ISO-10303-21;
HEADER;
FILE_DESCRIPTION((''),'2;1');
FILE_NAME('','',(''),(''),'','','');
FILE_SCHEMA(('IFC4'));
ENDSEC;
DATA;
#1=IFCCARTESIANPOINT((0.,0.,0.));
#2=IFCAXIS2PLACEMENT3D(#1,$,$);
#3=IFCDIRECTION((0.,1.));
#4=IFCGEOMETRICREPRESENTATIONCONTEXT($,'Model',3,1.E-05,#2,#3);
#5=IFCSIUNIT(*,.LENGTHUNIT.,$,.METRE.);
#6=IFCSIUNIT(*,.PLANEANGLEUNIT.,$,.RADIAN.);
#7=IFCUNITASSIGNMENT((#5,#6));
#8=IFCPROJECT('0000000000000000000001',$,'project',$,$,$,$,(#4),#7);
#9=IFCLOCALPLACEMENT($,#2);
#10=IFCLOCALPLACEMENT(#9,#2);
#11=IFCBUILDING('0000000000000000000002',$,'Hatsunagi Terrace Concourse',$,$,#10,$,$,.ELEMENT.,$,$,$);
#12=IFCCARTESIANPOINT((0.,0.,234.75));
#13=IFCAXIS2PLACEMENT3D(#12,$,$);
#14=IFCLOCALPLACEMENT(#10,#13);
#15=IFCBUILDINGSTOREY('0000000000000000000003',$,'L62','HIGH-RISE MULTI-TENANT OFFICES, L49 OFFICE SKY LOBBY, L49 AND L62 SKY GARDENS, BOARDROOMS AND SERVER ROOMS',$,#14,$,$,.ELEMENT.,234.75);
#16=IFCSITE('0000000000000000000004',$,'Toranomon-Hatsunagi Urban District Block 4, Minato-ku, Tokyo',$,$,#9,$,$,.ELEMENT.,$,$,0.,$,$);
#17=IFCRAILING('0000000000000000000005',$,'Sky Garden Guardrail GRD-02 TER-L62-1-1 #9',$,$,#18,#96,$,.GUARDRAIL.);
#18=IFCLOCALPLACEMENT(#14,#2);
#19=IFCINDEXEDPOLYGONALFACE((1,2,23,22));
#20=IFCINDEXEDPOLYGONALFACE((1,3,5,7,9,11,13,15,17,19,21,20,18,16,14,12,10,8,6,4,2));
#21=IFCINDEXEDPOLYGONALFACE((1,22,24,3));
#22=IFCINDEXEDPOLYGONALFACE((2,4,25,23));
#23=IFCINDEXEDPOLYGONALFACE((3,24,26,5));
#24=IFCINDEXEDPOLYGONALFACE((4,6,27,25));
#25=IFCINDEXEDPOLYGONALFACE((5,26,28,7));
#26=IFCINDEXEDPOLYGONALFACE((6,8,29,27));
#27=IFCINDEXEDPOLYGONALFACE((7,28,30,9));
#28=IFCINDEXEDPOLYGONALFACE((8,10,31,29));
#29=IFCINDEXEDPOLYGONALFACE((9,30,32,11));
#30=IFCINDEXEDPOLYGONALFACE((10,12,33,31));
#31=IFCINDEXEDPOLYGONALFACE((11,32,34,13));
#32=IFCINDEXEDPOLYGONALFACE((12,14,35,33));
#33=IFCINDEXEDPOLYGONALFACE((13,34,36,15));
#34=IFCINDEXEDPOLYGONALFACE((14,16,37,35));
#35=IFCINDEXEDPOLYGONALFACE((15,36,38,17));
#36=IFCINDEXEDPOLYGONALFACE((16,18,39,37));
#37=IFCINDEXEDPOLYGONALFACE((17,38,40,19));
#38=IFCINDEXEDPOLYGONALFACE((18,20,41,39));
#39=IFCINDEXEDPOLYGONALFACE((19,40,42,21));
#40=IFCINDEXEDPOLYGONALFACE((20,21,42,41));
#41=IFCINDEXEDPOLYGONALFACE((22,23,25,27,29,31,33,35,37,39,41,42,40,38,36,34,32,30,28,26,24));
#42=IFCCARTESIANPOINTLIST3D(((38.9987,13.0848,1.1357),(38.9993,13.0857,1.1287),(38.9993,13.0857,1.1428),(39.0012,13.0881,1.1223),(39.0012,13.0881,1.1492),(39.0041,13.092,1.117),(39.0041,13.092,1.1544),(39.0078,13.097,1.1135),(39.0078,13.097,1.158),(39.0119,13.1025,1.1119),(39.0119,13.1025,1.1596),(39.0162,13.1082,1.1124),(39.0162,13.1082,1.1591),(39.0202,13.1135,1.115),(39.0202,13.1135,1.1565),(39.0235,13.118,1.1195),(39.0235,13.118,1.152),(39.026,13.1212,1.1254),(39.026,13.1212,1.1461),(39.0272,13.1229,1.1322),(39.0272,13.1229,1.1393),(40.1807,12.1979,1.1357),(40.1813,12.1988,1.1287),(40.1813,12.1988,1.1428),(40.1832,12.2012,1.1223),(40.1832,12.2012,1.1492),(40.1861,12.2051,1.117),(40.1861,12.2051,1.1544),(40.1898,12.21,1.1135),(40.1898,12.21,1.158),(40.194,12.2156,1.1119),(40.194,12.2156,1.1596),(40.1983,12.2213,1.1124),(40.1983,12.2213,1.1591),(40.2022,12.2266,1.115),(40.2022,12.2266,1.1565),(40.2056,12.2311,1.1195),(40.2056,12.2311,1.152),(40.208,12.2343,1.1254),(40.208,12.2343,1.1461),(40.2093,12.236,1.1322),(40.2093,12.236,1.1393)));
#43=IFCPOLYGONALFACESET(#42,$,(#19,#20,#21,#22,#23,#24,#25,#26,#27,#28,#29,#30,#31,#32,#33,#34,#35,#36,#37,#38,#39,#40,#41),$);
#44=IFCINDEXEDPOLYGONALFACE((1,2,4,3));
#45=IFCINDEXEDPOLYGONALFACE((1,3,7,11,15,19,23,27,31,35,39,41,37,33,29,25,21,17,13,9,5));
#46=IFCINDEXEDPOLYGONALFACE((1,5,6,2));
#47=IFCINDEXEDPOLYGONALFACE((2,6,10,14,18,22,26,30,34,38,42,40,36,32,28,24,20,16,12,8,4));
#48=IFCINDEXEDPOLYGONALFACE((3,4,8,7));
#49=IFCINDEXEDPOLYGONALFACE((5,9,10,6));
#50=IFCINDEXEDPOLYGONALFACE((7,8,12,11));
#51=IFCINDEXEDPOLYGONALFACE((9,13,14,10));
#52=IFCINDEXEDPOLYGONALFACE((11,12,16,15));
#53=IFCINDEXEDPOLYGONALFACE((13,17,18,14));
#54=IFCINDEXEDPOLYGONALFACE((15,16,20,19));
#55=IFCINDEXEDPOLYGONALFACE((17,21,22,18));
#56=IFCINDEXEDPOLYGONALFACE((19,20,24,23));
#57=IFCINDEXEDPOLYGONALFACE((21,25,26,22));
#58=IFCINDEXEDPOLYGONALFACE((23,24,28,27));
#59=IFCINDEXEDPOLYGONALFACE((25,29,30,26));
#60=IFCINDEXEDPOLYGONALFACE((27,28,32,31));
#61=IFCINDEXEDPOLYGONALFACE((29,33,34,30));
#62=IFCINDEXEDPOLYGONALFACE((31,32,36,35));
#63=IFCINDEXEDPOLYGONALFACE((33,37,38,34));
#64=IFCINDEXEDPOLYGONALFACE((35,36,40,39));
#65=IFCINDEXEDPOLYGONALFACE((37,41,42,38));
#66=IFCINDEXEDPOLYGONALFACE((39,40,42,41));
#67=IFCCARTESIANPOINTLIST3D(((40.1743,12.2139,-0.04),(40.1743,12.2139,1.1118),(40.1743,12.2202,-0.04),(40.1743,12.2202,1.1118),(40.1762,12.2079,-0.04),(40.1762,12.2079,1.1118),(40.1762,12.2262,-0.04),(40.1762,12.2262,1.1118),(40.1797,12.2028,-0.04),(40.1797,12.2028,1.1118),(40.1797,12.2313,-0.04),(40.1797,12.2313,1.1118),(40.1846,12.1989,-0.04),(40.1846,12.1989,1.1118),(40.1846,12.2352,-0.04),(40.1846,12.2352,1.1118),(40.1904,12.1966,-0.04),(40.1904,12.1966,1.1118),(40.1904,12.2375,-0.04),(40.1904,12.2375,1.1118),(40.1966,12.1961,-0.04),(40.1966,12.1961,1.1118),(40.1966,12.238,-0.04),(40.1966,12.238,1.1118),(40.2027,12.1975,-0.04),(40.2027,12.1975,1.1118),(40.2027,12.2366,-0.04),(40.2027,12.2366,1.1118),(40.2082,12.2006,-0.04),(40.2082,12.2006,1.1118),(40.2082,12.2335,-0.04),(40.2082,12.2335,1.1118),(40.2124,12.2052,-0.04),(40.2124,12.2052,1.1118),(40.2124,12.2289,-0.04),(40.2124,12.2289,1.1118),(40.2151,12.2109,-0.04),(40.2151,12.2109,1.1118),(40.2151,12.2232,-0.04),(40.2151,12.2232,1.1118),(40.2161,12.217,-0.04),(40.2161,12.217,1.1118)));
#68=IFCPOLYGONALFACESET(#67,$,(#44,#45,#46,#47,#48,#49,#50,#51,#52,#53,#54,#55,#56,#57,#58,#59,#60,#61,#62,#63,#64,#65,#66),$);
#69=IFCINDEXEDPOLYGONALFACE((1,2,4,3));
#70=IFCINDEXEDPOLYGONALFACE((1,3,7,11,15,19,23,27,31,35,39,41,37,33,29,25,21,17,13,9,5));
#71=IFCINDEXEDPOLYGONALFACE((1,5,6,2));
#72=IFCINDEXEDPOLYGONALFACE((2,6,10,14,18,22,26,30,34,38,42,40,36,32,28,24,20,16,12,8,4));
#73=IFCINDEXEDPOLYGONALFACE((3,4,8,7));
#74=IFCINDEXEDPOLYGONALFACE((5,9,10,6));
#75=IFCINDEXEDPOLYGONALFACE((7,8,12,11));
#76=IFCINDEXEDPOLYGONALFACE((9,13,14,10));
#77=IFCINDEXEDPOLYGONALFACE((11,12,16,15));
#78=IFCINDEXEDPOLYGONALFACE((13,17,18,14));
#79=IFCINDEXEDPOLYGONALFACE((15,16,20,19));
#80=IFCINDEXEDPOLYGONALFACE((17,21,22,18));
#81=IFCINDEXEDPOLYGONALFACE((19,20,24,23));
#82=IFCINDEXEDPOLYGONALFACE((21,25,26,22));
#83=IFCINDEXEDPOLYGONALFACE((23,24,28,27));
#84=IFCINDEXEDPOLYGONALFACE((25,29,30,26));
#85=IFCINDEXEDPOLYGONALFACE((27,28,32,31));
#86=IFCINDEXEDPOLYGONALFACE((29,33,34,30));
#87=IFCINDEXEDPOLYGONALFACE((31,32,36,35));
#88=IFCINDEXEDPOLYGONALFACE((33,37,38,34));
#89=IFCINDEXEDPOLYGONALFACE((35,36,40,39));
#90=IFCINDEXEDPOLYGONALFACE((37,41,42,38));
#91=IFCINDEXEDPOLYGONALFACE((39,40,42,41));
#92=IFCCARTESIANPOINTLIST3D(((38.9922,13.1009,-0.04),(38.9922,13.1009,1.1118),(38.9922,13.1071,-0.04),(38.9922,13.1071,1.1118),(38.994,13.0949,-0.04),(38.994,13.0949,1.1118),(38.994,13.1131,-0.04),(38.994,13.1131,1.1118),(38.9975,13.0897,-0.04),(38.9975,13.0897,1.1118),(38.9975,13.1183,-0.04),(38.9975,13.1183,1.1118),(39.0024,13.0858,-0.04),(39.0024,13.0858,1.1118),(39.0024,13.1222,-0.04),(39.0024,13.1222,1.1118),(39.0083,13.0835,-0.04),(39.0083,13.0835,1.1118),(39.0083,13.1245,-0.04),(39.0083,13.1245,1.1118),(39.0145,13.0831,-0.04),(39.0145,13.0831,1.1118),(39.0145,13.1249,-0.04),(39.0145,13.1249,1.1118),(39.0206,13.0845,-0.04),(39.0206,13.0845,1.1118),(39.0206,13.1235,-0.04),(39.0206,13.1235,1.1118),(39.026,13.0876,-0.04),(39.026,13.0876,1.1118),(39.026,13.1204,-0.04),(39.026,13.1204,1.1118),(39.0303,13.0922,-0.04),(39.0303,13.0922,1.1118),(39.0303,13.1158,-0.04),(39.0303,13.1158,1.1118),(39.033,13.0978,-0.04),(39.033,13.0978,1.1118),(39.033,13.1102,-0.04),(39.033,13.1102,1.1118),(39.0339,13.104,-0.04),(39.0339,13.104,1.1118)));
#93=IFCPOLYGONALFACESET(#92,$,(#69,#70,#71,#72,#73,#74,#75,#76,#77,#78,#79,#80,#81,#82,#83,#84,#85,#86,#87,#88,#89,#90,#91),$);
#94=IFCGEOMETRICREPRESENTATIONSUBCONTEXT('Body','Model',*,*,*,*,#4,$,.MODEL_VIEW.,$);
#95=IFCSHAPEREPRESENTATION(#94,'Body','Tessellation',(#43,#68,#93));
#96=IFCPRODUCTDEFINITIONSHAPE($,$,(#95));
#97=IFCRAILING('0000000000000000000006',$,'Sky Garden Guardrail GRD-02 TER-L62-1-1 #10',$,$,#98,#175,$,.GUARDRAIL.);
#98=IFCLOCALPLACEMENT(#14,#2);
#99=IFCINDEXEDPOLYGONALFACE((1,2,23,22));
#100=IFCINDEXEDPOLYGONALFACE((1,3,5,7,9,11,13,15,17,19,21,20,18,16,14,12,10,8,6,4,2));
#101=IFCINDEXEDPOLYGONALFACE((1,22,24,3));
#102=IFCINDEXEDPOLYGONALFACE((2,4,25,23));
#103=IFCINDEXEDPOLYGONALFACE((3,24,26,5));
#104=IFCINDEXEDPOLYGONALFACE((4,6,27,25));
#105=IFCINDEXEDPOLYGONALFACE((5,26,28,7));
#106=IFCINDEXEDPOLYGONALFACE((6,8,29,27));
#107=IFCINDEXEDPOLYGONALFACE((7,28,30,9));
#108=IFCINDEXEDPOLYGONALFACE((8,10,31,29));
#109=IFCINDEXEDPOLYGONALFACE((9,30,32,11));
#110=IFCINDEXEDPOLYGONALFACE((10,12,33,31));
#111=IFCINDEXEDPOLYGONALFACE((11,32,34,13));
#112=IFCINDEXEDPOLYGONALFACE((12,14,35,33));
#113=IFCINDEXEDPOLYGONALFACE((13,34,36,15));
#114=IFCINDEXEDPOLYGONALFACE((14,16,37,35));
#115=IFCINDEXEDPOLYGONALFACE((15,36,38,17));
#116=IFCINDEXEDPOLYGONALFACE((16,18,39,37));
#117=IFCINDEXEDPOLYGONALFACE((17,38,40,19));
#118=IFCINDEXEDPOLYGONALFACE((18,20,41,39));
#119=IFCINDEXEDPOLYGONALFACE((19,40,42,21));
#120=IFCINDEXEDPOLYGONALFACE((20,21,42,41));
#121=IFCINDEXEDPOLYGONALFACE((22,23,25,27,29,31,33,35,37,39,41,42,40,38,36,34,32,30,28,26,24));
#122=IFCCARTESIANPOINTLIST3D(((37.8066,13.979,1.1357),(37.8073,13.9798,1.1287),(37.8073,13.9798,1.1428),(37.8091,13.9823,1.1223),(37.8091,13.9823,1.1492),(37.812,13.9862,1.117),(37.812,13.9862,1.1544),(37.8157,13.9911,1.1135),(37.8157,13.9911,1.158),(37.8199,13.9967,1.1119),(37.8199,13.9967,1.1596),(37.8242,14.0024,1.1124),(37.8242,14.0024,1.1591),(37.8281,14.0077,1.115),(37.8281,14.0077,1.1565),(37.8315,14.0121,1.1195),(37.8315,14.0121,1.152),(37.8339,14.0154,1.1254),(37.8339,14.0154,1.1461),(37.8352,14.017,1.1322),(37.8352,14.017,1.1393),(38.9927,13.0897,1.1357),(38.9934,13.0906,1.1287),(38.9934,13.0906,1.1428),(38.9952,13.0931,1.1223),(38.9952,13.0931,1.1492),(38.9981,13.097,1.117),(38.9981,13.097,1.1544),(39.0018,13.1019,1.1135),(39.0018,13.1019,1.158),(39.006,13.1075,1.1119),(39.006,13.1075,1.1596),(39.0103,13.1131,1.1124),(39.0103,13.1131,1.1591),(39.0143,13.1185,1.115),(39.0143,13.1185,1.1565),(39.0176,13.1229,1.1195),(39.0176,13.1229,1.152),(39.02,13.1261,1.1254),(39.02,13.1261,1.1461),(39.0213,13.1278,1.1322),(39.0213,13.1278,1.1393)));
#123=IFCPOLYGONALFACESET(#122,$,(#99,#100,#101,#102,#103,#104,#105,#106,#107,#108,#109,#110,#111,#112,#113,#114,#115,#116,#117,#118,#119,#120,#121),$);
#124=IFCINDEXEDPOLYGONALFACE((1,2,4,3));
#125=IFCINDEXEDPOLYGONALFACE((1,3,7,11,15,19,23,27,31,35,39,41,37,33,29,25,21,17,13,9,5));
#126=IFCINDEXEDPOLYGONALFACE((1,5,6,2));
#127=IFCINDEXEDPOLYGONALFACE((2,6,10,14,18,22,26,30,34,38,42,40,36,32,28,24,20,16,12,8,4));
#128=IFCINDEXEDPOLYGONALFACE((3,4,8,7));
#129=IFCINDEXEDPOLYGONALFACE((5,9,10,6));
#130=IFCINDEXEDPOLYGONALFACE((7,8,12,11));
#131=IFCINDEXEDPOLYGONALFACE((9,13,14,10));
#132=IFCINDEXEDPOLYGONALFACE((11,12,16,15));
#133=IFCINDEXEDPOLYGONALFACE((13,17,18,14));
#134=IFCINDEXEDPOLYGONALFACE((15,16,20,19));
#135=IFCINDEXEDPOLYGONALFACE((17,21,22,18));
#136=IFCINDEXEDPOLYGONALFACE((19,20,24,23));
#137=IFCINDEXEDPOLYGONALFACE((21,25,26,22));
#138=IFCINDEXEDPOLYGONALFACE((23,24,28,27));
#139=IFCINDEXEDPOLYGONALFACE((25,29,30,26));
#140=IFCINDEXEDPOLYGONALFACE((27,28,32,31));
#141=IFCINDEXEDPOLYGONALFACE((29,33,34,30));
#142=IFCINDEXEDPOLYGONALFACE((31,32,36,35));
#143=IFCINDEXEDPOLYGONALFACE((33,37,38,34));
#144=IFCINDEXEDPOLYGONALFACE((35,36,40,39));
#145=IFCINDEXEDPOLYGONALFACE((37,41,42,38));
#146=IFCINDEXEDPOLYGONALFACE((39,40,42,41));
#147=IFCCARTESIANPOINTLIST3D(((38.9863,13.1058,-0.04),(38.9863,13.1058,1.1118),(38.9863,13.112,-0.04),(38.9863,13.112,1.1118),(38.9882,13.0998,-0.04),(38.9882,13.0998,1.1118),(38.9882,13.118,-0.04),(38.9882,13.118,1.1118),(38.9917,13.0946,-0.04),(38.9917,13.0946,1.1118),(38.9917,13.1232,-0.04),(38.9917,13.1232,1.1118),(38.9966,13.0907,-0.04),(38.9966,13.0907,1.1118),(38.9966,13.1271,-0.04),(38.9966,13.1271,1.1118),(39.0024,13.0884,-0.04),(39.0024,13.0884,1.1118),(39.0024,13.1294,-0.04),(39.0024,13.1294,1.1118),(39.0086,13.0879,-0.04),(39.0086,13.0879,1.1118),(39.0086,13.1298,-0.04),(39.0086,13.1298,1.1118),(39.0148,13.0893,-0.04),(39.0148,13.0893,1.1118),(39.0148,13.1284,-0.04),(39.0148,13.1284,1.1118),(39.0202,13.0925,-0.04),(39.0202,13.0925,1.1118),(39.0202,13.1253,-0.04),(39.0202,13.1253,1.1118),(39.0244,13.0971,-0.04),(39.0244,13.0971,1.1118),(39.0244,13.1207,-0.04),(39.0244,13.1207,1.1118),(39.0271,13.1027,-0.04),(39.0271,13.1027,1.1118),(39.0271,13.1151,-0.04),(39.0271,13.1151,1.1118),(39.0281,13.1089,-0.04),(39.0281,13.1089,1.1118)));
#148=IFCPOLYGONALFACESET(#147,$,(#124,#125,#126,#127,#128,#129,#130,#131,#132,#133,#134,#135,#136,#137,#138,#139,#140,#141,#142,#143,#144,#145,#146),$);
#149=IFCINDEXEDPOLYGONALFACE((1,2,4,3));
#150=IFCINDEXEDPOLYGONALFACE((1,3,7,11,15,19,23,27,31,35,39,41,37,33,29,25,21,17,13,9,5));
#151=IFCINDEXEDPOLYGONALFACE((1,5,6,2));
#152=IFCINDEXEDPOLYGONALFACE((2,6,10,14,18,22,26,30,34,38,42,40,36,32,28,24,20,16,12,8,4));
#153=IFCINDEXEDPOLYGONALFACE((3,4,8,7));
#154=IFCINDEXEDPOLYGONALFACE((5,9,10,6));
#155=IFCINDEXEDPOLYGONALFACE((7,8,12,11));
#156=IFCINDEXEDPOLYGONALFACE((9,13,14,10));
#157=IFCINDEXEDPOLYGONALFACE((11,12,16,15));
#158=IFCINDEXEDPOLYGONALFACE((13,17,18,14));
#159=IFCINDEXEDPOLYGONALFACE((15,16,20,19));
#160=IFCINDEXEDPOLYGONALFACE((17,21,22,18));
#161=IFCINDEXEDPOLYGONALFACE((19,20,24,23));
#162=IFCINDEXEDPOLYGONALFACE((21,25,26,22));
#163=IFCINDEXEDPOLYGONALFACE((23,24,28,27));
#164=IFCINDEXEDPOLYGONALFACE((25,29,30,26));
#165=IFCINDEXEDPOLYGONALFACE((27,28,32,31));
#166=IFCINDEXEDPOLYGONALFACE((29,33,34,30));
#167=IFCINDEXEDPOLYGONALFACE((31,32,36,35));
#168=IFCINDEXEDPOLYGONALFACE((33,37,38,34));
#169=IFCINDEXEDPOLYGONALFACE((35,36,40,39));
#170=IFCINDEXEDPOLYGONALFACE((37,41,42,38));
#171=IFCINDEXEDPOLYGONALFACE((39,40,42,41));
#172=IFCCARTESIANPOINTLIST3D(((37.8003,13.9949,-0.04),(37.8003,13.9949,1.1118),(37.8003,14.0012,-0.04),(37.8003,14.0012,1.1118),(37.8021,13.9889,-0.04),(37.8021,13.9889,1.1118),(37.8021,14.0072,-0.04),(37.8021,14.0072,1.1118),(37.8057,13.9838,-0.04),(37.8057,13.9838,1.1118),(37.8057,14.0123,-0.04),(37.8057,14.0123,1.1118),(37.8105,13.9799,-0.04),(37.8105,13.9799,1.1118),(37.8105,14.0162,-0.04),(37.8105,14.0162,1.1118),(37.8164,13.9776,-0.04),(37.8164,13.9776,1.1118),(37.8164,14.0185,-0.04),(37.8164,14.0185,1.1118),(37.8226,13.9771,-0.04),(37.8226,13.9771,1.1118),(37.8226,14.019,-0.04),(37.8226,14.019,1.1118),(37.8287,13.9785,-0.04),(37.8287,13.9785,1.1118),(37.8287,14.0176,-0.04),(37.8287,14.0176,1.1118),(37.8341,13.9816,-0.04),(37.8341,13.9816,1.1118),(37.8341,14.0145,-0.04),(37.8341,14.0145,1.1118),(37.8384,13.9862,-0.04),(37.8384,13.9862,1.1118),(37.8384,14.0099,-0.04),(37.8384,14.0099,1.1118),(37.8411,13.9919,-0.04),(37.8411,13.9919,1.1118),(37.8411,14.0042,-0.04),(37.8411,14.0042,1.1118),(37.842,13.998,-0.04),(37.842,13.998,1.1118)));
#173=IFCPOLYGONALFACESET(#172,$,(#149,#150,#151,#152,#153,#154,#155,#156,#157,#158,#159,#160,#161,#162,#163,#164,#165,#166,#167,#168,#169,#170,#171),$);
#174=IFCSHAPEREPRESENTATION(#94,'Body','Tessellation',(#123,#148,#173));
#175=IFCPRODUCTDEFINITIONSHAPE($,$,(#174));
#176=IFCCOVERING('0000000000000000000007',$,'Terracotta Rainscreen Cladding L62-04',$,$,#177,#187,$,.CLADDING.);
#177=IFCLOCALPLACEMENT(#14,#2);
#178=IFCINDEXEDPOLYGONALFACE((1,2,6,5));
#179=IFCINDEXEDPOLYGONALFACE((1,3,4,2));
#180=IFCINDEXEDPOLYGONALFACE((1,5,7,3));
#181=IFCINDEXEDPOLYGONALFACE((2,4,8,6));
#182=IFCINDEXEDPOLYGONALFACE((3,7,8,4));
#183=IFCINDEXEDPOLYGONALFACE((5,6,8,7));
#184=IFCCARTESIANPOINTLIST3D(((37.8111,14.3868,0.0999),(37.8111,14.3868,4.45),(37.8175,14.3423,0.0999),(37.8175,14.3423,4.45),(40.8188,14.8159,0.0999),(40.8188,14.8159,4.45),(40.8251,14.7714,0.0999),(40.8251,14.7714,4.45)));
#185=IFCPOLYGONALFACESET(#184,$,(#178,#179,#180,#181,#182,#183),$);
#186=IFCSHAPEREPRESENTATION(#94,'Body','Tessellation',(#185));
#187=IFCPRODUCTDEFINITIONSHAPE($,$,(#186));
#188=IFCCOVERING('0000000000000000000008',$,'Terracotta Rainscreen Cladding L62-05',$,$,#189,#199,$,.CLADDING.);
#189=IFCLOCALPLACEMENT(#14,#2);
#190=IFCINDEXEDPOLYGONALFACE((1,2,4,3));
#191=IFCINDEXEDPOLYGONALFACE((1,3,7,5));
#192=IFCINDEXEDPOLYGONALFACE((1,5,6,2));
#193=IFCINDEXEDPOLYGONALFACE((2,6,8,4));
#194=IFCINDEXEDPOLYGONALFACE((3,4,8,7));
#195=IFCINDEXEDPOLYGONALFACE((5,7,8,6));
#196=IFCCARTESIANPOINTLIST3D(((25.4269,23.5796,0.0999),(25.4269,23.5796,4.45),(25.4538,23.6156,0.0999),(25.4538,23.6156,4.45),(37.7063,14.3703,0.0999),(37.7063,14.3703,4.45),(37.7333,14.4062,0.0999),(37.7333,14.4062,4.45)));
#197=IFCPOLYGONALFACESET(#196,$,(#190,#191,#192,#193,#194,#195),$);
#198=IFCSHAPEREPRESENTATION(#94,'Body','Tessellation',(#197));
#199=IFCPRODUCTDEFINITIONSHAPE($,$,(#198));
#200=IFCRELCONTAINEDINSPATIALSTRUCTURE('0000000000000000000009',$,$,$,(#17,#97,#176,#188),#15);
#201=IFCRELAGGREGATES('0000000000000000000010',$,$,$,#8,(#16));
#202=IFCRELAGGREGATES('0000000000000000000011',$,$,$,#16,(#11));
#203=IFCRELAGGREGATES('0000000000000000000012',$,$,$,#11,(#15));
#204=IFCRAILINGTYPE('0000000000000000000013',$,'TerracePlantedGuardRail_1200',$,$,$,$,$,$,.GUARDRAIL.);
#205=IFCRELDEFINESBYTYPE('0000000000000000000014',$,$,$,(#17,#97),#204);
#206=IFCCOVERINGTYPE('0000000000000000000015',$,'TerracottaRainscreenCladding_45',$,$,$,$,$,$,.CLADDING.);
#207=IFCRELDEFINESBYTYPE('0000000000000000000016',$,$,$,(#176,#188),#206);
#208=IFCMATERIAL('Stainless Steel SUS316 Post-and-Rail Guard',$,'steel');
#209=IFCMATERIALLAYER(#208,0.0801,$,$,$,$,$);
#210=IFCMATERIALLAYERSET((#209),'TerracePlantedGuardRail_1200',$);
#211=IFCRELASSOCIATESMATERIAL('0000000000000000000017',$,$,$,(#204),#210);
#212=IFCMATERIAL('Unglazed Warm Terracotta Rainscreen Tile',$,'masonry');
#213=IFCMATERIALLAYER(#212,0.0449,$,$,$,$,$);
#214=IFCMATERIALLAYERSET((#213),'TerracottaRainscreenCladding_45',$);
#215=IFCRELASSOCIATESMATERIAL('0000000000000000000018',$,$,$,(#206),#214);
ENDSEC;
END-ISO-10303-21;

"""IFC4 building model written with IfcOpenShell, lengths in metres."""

from ifc_helpers import new_model, si_unit, direction, frame, origin, origin_2d, place, context, subcontext, project, spatial, rectangle, circle, extrude, material, layer, layer_set, type_object, element, save


model = new_model("IFC4")

# Units and contexts
model_context = context("Model", 3, precision=1e-05, world=origin(), true_north=direction((0.0, 1.0)))
body_context = subcontext(model_context, "Body", "Model", "MODEL_VIEW")
ifc_project = project(units=[si_unit("LENGTHUNIT", "METRE"), si_unit("PLANEANGLEUNIT", "RADIAN")], contexts=[model_context])

# Site, building, storey
site_placement = place(None, origin())
site = spatial("IfcSite", under=ifc_project, at=site_placement, Name="Toranomon-Hatsunagi Urban District Block 4, Minato-ku, Tokyo", CompositionType="ELEMENT", RefElevation=0.0)
building_placement = place(site_placement, origin())
building = spatial("IfcBuilding", under=site, at=building_placement, Name="Hatsunagi Terrace Concourse", CompositionType="ELEMENT")
storey_placement = place(building_placement, frame((0.0, 0.0, 234.75)))
storey = spatial("IfcBuildingStorey", under=building, at=storey_placement, Name="L62", Description="HIGH-RISE MULTI-TENANT OFFICES, L49 OFFICE SKY LOBBY, L49 AND L62 SKY GARDENS, BOARDROOMS AND SERVER ROOMS", CompositionType="ELEMENT", Elevation=234.75)

# Railings
ifc_material_1 = material(Name="Stainless Steel SUS316 Post-and-Rail Guard", Category="steel")
ifc_layer_1 = layer(ifc_material_1, 0.0801)
ifc_layer_set_1 = layer_set([ifc_layer_1], Name="TerracePlantedGuardRail_1200")
railing_type = type_object("IfcRailingType", Name="TerracePlantedGuardRail_1200", PredefinedType="GUARDRAIL", material=ifc_layer_set_1)
for number, where, name in (
    (1, (40.1951, 12.217, -0.04), "Sky Garden Guardrail GRD-02 TER-L62-1-1 #9"),
):
    element("IfcRailing", number, at=place(storey_placement, frame(where)), inside=storey, type_object=railing_type, Name=name, PredefinedType="GUARDRAIL", context=body_context, shape_type="SweptSolid", body=[
        extrude(circle(Radius=0.0239, at=origin_2d()), frame((0.0, 0.0, 1.1758), z_axis=(-0.799881, 0.600159, 0.0), x_axis=(-0.600159, -0.799881, 0.0)), (0.0, 0.0, 1.0), 1.4778),
        extrude(circle(Radius=0.021, at=origin_2d()), origin(), (0.0, 0.0, 1.0), 1.1519),
        extrude(circle(Radius=0.021, at=origin_2d()), frame((-1.1821, 0.887, 0.0)), (0.0, 0.0, 1.0), 1.1519),
    ])
railing_1_placement = place(storey_placement, frame((39.0071, 13.1089, -0.04)))
element("IfcRailing", 2, at=railing_1_placement, inside=storey, type_object=railing_type, Name="Sky Garden Guardrail GRD-02 TER-L62-1-1 #10", PredefinedType="GUARDRAIL", context=body_context, shape_type="SweptSolid", body=[
    extrude(circle(Radius=0.0239, at=origin_2d()), frame((0.0, 0.0, 1.1758), z_axis=(-0.800119, 0.599842, 0.0), x_axis=(-0.599842, -0.800119, 0.0)), (0.0, 0.0, 1.0), 1.4824),
    extrude(circle(Radius=0.021, at=origin_2d()), origin(), (0.0, 0.0, 1.0), 1.1519),
    extrude(circle(Radius=0.021, at=origin_2d()), frame((-1.186, 0.8892, 0.0)), (0.0, 0.0, 1.0), 1.1519),
])

# Coverings
ifc_material_2 = material(Name="Unglazed Warm Terracotta Rainscreen Tile", Category="masonry")
ifc_layer_2 = layer(ifc_material_2, 0.0449)
ifc_layer_set_2 = layer_set([ifc_layer_2], Name="TerracottaRainscreenCladding_45")
covering_type = type_object("IfcCoveringType", Name="TerracottaRainscreenCladding_45", PredefinedType="CLADDING", material=ifc_layer_set_2)
covering_1_placement = place(storey_placement, frame((39.3181, 14.5791, 0.0999), z_axis=(0.0, 0.0, 1.0), x_axis=(-0.989974, -0.14125, 0.0)))
element("IfcCovering", 3, at=covering_1_placement, inside=storey, type_object=covering_type, Name="Terracotta Rainscreen Cladding L62-04", PredefinedType="CLADDING", context=body_context, shape_type="SweptSolid", body=[
    extrude(rectangle(XDim=3.0381, YDim=0.0449, at=origin_2d()), origin(), (0.0, 0.0, 1.0), 4.3501),
])
covering_2_placement = place(storey_placement, frame((31.5801, 18.9929, 0.0999), z_axis=(0.0, 0.0, 1.0), x_axis=(-0.800007, 0.59999, 0.0)))
element("IfcCovering", 4, at=covering_2_placement, inside=storey, type_object=covering_type, Name="Terracotta Rainscreen Cladding L62-05", PredefinedType="CLADDING", context=body_context, shape_type="SweptSolid", body=[
    extrude(rectangle(XDim=15.3491, YDim=0.0449, at=origin_2d()), origin(), (0.0, 0.0, 1.0), 4.3501),
])

save(model, "model.ifc")
